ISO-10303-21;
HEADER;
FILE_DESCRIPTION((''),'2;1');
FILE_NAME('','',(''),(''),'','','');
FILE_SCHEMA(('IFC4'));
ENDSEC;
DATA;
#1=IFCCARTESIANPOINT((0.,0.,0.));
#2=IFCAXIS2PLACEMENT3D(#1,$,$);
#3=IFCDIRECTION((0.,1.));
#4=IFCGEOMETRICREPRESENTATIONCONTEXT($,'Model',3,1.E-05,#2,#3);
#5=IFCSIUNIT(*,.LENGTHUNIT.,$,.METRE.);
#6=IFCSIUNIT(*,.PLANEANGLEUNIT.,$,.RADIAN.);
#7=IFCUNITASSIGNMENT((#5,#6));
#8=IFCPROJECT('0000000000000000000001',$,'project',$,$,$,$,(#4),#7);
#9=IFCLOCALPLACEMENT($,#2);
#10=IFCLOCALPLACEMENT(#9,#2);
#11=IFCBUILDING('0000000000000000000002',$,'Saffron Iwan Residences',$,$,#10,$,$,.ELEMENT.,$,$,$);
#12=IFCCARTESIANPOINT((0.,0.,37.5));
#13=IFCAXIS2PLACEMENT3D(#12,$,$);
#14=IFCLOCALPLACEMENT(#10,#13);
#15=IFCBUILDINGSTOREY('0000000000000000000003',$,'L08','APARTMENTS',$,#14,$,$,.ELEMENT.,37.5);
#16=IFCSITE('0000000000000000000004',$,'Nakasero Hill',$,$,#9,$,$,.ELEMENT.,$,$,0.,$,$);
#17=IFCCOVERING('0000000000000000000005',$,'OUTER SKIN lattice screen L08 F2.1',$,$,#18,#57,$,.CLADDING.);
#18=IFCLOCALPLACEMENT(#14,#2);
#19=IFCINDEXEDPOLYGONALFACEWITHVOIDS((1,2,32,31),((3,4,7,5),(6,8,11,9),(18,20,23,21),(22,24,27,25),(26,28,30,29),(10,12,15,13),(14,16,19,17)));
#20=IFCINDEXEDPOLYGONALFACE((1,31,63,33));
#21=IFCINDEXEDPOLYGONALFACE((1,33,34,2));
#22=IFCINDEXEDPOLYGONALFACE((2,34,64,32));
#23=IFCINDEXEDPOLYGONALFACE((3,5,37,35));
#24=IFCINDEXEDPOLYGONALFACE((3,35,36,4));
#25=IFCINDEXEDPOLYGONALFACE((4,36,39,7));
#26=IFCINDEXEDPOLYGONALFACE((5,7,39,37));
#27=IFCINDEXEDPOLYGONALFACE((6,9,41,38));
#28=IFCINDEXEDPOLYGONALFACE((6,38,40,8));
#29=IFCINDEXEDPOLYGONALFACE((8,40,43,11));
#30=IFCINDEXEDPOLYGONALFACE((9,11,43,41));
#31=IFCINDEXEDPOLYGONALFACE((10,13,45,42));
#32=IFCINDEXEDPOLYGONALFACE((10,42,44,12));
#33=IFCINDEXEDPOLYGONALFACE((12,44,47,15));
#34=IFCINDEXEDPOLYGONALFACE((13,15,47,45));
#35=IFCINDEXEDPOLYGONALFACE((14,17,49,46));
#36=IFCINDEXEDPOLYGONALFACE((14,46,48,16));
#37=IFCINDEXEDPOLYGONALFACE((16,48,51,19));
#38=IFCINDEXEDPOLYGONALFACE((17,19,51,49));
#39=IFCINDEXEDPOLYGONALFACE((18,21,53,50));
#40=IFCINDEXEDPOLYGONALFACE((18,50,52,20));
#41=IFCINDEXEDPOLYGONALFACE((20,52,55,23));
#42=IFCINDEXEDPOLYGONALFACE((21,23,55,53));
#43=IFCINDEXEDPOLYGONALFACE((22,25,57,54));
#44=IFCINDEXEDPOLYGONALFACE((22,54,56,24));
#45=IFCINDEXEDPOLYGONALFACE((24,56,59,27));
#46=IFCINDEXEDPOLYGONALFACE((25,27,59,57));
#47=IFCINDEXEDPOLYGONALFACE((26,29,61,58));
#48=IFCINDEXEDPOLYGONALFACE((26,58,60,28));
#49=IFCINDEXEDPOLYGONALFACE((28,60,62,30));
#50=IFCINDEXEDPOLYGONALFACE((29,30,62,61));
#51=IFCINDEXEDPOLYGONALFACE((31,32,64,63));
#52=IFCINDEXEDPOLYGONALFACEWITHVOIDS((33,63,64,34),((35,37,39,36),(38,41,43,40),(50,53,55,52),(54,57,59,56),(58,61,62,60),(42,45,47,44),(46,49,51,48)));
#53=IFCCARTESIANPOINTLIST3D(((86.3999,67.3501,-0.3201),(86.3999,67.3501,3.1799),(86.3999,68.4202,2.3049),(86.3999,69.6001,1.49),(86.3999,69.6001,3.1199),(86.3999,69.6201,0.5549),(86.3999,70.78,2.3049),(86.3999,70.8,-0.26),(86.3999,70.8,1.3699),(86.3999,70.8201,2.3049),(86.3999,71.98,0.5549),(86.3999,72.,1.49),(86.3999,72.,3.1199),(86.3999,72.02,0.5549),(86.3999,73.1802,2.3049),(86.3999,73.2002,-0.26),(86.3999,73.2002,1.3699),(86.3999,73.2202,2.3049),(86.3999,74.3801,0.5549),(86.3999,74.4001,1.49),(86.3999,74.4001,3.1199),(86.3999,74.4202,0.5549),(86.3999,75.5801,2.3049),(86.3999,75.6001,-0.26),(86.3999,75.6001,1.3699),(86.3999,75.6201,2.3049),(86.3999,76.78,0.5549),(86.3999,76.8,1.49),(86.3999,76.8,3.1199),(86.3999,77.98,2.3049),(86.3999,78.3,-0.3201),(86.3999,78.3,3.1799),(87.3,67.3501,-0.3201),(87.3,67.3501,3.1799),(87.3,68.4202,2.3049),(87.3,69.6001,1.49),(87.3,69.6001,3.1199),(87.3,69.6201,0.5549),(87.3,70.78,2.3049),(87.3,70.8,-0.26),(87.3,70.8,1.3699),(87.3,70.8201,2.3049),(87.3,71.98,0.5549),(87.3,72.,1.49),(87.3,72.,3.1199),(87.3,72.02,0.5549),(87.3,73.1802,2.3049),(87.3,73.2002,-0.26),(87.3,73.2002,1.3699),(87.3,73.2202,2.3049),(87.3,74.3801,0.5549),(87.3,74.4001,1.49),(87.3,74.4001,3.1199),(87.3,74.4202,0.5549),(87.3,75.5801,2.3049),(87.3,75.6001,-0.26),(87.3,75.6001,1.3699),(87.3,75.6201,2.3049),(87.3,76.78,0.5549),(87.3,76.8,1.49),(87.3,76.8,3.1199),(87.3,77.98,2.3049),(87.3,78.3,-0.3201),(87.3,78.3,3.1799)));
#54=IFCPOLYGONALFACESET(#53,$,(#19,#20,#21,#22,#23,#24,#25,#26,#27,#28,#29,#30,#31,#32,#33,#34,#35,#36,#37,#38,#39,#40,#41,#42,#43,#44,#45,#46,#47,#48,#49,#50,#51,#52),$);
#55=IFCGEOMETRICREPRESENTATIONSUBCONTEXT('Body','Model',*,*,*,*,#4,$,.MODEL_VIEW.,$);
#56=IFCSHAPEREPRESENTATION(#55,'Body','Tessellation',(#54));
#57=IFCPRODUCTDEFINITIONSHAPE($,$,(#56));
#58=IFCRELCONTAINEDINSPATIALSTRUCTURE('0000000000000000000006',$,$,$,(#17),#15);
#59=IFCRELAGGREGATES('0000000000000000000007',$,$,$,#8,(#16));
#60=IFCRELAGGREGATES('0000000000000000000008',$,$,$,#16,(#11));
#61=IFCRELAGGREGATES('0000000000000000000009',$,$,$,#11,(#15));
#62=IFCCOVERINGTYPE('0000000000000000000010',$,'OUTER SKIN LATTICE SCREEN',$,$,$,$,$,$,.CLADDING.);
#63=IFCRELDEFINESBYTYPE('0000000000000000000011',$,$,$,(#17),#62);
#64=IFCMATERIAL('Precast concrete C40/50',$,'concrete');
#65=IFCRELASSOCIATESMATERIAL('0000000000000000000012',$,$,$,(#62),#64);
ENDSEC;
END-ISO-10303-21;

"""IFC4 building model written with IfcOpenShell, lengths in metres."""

from ifc_helpers import new_model, si_unit, direction, frame, origin, place, context, subcontext, project, spatial, polyline, outline, extrude, material, type_object, element, save


model = new_model("IFC4")

# Units and contexts
model_context = context("Model", 3, precision=1e-05, world=origin(), true_north=direction((0.0, 1.0)))
body_context = subcontext(model_context, "Body", "Model", "MODEL_VIEW")
ifc_project = project(units=[si_unit("LENGTHUNIT", "METRE"), si_unit("PLANEANGLEUNIT", "RADIAN")], contexts=[model_context])

# Site, building, storey
site_placement = place(None, origin())
site = spatial("IfcSite", under=ifc_project, at=site_placement, Name="Nakasero Hill", CompositionType="ELEMENT", RefElevation=0.0)
building_placement = place(site_placement, origin())
building = spatial("IfcBuilding", under=site, at=building_placement, Name="Saffron Iwan Residences", CompositionType="ELEMENT")
storey_placement = place(building_placement, frame((0.0, 0.0, 37.5)))
storey = spatial("IfcBuildingStorey", under=building, at=storey_placement, Name="L08", Description="APARTMENTS", CompositionType="ELEMENT", Elevation=37.5)

# Covering
ifc_material_1 = material(Name="Precast concrete C40/50", Category="concrete")
covering_type = type_object("IfcCoveringType", Name="OUTER SKIN LATTICE SCREEN", PredefinedType="CLADDING", material=ifc_material_1)
covering_placement = place(storey_placement, frame((86.3999, 67.3501, -0.3201), z_axis=(1.0, 0.0, 0.0), x_axis=(0.0, 1.0, 0.0)))
element("IfcCovering", 1, at=covering_placement, inside=storey, type_object=covering_type, Name="OUTER SKIN lattice screen L08 F2.1", PredefinedType="CLADDING", context=body_context, shape_type="SweptSolid", body=[
    extrude(outline(polyline([(0.0, 0.0), (10.95, 0.0), (10.95, 3.5), (0.0, 3.5), (0.0, 0.0)]), holes=[polyline([(2.27, 0.875), (3.45, 0.0601), (4.6299, 0.875), (3.45, 1.6899), (2.27, 0.875)]), polyline([(4.6699, 0.875), (5.8501, 0.0601), (7.03, 0.875), (5.8501, 1.6899), (4.6699, 0.875)]), polyline([(7.0701, 0.875), (8.25, 0.0601), (9.4299, 0.875), (8.25, 1.6899), (7.0701, 0.875)]), polyline([(1.0701, 2.625), (2.25, 1.8101), (3.4299, 2.625), (2.25, 3.4399), (1.0701, 2.625)]), polyline([(3.47, 2.625), (4.6499, 1.8101), (5.8301, 2.625), (4.6499, 3.4399), (3.47, 2.625)]), polyline([(5.8701, 2.625), (7.05, 1.8101), (8.23, 2.625), (7.05, 3.4399), (5.8701, 2.625)]), polyline([(8.27, 2.625), (9.45, 1.8101), (10.6299, 2.625), (9.45, 3.4399), (8.27, 2.625)])]), origin(), (0.0, 0.0, 1.0), 0.9001),
])

save(model, "model.ifc")
